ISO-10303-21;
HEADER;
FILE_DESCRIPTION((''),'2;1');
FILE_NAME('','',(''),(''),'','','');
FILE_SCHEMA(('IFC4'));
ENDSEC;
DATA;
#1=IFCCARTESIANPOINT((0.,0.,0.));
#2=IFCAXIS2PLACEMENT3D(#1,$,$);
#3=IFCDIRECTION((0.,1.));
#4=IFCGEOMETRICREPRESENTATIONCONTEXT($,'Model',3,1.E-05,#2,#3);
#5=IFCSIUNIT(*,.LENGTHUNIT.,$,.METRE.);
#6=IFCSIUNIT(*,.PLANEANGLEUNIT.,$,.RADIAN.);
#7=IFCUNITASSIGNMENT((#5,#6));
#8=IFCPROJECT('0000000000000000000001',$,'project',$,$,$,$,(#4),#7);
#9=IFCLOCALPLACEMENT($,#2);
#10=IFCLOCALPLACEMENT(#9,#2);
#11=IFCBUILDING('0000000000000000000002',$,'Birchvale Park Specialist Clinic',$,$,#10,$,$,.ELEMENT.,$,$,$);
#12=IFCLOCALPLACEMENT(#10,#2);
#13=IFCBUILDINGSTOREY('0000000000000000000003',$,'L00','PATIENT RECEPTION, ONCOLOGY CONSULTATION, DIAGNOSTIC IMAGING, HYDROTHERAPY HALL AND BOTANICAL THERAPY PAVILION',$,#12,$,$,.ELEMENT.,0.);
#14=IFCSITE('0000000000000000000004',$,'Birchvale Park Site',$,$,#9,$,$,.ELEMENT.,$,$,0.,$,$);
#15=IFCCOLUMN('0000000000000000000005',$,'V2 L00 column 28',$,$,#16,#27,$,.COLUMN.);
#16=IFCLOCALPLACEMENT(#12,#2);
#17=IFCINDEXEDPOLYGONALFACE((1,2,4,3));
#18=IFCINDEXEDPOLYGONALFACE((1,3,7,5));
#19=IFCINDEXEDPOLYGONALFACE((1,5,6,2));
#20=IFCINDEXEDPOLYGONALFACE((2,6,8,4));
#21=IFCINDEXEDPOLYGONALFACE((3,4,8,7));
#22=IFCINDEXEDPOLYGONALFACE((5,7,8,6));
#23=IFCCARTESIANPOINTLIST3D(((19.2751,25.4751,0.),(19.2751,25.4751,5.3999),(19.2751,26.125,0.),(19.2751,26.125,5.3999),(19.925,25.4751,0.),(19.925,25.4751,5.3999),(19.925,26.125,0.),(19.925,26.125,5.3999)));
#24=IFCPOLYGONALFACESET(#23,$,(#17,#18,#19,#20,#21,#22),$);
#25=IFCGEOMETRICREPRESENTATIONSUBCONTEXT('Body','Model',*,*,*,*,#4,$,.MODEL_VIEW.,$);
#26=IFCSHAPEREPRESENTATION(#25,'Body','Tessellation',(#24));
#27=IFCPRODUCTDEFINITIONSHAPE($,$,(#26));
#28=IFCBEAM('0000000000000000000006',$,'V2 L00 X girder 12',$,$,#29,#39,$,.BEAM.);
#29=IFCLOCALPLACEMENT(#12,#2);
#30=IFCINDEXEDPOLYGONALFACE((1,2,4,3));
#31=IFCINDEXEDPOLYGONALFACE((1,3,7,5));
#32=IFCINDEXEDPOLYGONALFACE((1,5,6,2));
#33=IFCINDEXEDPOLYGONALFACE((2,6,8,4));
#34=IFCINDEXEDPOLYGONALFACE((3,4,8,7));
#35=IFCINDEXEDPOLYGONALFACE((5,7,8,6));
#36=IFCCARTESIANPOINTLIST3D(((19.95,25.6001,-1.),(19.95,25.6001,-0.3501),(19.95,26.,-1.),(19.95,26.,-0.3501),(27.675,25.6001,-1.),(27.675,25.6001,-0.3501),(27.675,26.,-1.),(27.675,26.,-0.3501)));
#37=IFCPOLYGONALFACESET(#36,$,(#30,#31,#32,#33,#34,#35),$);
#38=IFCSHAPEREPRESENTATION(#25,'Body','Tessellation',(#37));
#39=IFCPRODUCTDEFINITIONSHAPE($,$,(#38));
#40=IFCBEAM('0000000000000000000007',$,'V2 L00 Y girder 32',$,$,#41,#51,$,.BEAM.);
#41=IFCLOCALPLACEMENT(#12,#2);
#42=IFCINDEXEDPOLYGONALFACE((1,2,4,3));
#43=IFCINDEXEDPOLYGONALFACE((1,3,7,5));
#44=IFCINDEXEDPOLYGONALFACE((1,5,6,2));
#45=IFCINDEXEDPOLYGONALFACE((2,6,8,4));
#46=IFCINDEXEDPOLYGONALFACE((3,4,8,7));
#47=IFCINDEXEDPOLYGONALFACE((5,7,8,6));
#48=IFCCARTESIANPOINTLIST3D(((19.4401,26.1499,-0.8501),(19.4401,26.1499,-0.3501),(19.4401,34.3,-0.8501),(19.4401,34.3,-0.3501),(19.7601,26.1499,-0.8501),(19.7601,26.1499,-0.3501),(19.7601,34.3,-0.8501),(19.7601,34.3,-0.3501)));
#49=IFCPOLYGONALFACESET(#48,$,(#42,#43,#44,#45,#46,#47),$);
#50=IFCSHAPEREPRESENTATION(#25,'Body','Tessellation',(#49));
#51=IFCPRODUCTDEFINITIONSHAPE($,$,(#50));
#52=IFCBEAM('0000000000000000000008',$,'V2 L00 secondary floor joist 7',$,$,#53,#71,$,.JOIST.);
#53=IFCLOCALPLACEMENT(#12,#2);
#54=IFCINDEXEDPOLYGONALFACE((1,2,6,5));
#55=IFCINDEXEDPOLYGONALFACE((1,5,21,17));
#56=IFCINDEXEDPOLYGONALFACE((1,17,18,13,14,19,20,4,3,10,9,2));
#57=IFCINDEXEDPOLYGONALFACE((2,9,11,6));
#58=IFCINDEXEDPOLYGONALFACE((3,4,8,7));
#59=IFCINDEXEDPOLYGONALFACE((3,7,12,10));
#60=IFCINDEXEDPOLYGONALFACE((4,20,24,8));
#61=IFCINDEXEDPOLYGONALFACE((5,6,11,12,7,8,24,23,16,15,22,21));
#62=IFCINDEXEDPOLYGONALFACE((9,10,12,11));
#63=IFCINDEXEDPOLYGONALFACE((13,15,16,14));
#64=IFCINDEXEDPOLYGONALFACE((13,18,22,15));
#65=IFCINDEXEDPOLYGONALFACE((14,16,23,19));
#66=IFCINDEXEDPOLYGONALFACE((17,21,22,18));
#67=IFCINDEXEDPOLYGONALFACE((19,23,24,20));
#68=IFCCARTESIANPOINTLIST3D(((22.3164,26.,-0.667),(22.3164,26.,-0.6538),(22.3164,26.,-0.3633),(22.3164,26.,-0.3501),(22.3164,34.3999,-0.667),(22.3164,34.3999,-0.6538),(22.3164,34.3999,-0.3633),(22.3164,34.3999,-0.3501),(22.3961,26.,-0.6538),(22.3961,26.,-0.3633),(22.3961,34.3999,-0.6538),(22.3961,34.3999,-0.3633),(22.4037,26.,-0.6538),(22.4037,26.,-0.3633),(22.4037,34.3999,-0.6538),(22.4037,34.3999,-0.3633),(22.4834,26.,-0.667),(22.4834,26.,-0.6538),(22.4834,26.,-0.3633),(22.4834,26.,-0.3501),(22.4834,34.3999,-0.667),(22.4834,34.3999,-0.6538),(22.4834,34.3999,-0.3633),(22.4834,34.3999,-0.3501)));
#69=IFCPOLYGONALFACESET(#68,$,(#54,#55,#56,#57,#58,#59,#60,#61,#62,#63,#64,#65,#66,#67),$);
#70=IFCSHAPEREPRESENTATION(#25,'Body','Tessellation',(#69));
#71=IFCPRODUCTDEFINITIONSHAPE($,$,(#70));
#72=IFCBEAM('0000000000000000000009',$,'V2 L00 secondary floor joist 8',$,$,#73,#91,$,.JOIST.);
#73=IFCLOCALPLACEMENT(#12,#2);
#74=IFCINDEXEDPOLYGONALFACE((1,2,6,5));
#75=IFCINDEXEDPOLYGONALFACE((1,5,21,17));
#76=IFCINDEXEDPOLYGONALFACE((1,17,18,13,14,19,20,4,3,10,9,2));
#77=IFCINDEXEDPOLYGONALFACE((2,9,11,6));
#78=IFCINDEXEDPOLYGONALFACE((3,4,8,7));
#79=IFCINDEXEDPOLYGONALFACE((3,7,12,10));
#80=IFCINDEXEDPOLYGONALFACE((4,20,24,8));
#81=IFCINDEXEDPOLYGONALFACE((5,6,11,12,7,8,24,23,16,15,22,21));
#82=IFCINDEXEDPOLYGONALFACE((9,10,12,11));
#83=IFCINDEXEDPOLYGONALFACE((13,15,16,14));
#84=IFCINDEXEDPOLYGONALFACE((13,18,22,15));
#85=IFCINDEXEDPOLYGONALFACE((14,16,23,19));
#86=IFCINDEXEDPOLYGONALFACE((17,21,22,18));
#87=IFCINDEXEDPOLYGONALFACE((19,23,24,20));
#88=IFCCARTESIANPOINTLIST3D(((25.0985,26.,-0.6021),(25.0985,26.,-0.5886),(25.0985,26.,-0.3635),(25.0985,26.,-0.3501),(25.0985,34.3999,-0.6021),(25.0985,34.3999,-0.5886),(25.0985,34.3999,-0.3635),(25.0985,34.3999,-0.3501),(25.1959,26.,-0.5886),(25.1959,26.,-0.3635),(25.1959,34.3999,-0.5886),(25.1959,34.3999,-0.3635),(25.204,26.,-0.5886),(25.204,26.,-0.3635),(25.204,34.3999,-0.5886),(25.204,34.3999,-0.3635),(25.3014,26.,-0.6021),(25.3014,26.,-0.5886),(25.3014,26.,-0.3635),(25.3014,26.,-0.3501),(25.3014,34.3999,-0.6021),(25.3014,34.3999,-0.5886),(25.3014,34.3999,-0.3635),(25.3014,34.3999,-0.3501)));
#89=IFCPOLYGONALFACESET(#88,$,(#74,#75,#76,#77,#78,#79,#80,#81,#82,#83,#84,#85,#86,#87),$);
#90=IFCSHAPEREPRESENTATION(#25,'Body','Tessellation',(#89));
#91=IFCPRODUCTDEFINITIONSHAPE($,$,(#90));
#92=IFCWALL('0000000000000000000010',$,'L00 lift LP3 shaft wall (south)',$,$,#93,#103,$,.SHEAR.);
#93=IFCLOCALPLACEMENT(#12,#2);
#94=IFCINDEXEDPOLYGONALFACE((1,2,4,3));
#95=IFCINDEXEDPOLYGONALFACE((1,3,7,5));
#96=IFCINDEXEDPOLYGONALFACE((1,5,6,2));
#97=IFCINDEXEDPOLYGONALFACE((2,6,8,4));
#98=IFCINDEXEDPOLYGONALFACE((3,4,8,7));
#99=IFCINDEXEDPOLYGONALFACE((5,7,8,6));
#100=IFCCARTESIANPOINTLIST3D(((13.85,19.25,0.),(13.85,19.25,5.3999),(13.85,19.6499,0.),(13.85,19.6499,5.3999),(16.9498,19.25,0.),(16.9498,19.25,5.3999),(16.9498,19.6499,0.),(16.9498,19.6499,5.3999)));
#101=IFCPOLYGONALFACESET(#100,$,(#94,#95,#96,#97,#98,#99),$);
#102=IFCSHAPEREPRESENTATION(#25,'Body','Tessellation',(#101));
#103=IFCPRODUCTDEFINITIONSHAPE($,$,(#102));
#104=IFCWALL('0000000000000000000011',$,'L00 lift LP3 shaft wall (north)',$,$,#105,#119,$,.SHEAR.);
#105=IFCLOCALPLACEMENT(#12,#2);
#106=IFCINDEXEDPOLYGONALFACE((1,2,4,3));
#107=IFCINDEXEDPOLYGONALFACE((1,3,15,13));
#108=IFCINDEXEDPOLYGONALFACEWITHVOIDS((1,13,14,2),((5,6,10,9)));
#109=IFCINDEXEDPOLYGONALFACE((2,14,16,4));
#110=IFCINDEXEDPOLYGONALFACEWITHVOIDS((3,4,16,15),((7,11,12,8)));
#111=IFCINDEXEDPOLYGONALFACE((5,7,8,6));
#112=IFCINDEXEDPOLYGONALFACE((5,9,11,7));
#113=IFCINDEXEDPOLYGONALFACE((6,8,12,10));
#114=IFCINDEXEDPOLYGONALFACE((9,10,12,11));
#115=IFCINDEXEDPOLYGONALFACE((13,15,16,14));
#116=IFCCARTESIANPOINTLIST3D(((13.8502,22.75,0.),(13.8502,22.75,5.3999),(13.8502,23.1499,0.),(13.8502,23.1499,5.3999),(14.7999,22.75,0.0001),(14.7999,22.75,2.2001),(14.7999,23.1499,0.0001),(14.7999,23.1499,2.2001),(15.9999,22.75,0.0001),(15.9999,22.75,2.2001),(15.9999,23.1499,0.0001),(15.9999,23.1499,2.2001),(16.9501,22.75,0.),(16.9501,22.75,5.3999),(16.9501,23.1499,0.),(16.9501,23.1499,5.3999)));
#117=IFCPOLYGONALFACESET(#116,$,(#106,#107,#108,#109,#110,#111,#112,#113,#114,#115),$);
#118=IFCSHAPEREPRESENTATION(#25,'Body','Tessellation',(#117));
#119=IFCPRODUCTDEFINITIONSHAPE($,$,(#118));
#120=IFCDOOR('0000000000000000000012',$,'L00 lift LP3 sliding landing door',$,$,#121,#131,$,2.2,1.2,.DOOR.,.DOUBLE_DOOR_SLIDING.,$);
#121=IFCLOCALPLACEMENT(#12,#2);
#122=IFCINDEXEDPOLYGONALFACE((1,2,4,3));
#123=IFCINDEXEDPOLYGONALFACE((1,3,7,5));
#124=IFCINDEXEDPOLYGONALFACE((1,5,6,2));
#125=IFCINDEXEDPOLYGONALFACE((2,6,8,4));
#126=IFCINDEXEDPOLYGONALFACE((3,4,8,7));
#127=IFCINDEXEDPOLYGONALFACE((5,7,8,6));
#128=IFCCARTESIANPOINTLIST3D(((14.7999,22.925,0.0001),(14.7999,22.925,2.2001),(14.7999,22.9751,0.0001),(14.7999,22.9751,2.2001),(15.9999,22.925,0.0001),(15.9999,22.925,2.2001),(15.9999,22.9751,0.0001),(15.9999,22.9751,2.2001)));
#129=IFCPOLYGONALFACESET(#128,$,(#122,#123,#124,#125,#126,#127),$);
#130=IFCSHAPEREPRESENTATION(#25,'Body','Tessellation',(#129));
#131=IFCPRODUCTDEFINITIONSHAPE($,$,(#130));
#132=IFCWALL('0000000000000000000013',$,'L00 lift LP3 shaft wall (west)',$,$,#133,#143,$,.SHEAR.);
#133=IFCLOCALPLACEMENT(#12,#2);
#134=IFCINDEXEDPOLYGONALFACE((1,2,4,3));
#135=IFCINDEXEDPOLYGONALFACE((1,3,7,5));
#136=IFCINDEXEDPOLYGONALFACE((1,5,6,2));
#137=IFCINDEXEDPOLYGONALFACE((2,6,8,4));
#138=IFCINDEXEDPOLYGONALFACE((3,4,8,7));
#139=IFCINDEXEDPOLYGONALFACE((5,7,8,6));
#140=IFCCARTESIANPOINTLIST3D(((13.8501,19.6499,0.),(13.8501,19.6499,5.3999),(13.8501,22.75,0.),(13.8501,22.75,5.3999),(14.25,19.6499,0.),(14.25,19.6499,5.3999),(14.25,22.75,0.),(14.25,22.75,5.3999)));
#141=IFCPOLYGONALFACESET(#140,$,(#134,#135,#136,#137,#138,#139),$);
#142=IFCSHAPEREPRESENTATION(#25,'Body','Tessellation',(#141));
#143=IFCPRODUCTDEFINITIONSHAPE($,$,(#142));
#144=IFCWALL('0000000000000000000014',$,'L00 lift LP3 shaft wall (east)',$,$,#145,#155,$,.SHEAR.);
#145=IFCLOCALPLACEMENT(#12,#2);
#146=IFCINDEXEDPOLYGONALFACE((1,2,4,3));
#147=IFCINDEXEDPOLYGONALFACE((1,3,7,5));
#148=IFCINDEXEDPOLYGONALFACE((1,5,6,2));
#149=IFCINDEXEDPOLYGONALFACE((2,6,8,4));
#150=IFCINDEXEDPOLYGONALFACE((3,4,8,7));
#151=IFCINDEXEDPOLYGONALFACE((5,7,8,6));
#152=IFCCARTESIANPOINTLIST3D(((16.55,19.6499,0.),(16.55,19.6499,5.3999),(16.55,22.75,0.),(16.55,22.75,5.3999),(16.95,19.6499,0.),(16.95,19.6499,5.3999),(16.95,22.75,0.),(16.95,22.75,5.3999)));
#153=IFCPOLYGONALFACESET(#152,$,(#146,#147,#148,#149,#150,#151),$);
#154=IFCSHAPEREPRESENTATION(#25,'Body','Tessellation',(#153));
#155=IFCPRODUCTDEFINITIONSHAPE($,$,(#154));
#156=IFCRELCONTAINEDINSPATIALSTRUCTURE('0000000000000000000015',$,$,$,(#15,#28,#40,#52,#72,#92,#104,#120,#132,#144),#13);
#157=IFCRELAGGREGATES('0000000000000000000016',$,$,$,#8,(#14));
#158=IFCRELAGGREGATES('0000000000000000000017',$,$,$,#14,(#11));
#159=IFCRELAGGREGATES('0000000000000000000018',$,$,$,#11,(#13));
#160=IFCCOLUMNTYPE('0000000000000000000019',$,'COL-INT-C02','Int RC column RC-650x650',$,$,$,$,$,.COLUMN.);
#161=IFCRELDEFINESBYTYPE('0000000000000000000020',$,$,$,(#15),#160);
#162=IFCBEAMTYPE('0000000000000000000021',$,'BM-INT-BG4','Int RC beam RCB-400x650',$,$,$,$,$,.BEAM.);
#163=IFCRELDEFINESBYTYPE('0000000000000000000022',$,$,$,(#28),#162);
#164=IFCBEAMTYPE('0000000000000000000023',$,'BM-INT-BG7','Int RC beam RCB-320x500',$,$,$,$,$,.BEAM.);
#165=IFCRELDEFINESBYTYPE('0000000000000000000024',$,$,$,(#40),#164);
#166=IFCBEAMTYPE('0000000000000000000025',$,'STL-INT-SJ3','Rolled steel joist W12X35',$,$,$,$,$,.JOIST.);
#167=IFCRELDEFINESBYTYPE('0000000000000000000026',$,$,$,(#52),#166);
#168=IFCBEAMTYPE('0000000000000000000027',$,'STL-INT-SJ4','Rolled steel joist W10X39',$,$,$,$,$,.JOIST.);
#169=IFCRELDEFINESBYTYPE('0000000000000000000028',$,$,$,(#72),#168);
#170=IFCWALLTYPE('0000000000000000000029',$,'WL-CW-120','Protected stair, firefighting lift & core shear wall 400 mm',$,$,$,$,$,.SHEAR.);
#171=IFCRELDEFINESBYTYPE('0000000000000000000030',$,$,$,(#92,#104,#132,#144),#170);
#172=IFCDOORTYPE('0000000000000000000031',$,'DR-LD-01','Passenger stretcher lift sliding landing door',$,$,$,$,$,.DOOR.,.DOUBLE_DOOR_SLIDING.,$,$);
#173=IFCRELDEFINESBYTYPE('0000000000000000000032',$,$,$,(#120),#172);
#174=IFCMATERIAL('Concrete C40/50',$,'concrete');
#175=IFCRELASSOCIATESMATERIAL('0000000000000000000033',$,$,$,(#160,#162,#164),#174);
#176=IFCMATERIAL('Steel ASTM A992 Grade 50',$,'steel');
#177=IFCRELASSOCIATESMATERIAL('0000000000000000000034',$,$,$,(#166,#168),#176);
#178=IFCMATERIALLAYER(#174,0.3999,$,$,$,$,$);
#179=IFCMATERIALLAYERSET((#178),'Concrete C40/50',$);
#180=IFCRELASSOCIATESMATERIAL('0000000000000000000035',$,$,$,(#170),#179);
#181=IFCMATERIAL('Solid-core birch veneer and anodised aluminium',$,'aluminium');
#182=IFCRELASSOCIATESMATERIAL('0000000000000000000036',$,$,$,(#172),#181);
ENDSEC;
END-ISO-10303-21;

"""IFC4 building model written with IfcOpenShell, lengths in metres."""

from ifc_helpers import new_model, si_unit, direction, frame, frame_2d, origin, origin_2d, place, context, subcontext, project, spatial, rectangle, i_section, extrude, material, layer, layer_set, material_profile, profile_set, type_object, element, fill, save


model = new_model("IFC4")

# Units and contexts
model_context = context("Model", 3, precision=1e-05, world=origin(), true_north=direction((0.0, 1.0)))
body_context = subcontext(model_context, "Body", "Model", "MODEL_VIEW")
ifc_project = project(units=[si_unit("LENGTHUNIT", "METRE"), si_unit("PLANEANGLEUNIT", "RADIAN")], contexts=[model_context])

# Site, building, storey
site_placement = place(None, origin())
site = spatial("IfcSite", under=ifc_project, at=site_placement, Name="Birchvale Park Site", CompositionType="ELEMENT", RefElevation=0.0)
building_placement = place(site_placement, origin())
building = spatial("IfcBuilding", under=site, at=building_placement, Name="Birchvale Park Specialist Clinic", CompositionType="ELEMENT")
storey_placement = place(building_placement, origin())
storey = spatial("IfcBuildingStorey", under=building, at=storey_placement, Name="L00", Description="PATIENT RECEPTION, ONCOLOGY CONSULTATION, DIAGNOSTIC IMAGING, HYDROTHERAPY HALL AND BOTANICAL THERAPY PAVILION", CompositionType="ELEMENT", Elevation=0.0)

# Column
ifc_material_1 = material(Name="Concrete C40/50", Category="concrete")
ifc_material_profile_1 = material_profile(ifc_material_1, rectangle(XDim=0.6499, YDim=0.6499, at=origin_2d()), Name="RC-650x650")
ifc_profile_set_1 = profile_set([ifc_material_profile_1], Name="Concrete C40/50")
column_type = type_object("IfcColumnType", Name="COL-INT-C02", Description="Int RC column RC-650x650", PredefinedType="COLUMN", material=ifc_profile_set_1)
column_placement = place(storey_placement, frame((19.6001, 25.8, 0.0), z_axis=(0.0, 0.0, 1.0), x_axis=(1.0, 0.0, 0.0)))
element("IfcColumn", 1, at=column_placement, inside=storey, type_object=column_type, Name="V2 L00 column 28", PredefinedType="COLUMN", context=body_context, shape_type="SweptSolid", body=[
    extrude(rectangle(XDim=0.6499, YDim=0.6499, at=origin_2d()), origin(), (0.0, 0.0, 1.0), 5.3999),
])

# Beams
ifc_material_profile_2 = material_profile(ifc_material_1, rectangle(XDim=0.3999, YDim=0.6499, at=origin_2d()), Name="RCB-400x650")
ifc_profile_set_2 = profile_set([ifc_material_profile_2], Name="Concrete C40/50")
beam_type_1 = type_object("IfcBeamType", Name="BM-INT-BG4", Description="Int RC beam RCB-400x650", PredefinedType="BEAM", material=ifc_profile_set_2)
beam_1_placement = place(storey_placement, frame((19.95, 25.8, -0.675), z_axis=(1.0, 0.0, 0.0), x_axis=(0.0, 1.0, 0.0)))
element("IfcBeam", 2, at=beam_1_placement, inside=storey, type_object=beam_type_1, Name="V2 L00 X girder 12", PredefinedType="BEAM", context=body_context, shape_type="SweptSolid", body=[
    extrude(rectangle(XDim=0.3999, YDim=0.6499, at=origin_2d()), origin(), (0.0, 0.0, 1.0), 7.7251),
])
ifc_material_profile_3 = material_profile(ifc_material_1, rectangle(XDim=0.3201, YDim=0.5, at=origin_2d()), Name="RCB-320x500")
ifc_profile_set_3 = profile_set([ifc_material_profile_3], Name="Concrete C40/50")
beam_type_2 = type_object("IfcBeamType", Name="BM-INT-BG7", Description="Int RC beam RCB-320x500", PredefinedType="BEAM", material=ifc_profile_set_3)
beam_2_placement = place(storey_placement, frame((19.6001, 26.1499, -0.6001), z_axis=(0.0, 1.0, 0.0), x_axis=(-1.0, 0.0, 0.0)))
element("IfcBeam", 3, at=beam_2_placement, inside=storey, type_object=beam_type_2, Name="V2 L00 Y girder 32", PredefinedType="BEAM", context=body_context, shape_type="SweptSolid", body=[
    extrude(rectangle(XDim=0.3201, YDim=0.5, at=origin_2d()), origin(), (0.0, 0.0, 1.0), 8.1501),
])
ifc_material_2 = material(Name="Steel ASTM A992 Grade 50", Category="steel")
ifc_material_profile_4 = material_profile(ifc_material_2, i_section(OverallWidth=0.167, OverallDepth=0.3169, WebThickness=0.0076, FlangeThickness=0.0132, at=origin_2d()), Name="W12X35")
ifc_profile_set_4 = profile_set([ifc_material_profile_4], Name="Steel ASTM A992 Grade 50")
beam_type_3 = type_object("IfcBeamType", Name="STL-INT-SJ3", Description="Rolled steel joist W12X35", PredefinedType="JOIST", material=ifc_profile_set_4)
beam_3_placement = place(storey_placement, frame((22.3999, 26.0, -0.5085), z_axis=(0.0, 1.0, 0.0), x_axis=(-1.0, 0.0, 0.0)))
element("IfcBeam", 4, at=beam_3_placement, inside=storey, type_object=beam_type_3, Name="V2 L00 secondary floor joist 7", PredefinedType="JOIST", context=body_context, shape_type="SweptSolid", body=[
    extrude(i_section(OverallWidth=0.167, OverallDepth=0.3169, WebThickness=0.0076, FlangeThickness=0.0132, at=origin_2d()), origin(), (0.0, 0.0, 1.0), 8.3999),
])
ifc_material_profile_5 = material_profile(ifc_material_2, i_section(OverallWidth=0.2029, OverallDepth=0.252, WebThickness=0.0081, FlangeThickness=0.0134, at=origin_2d()), Name="W10X39")
ifc_profile_set_5 = profile_set([ifc_material_profile_5], Name="Steel ASTM A992 Grade 50")
beam_type_4 = type_object("IfcBeamType", Name="STL-INT-SJ4", Description="Rolled steel joist W10X39", PredefinedType="JOIST", material=ifc_profile_set_5)
beam_4_placement = place(storey_placement, frame((25.2, 26.0, -0.4761), z_axis=(0.0, 1.0, 0.0), x_axis=(-1.0, 0.0, 0.0)))
element("IfcBeam", 5, at=beam_4_placement, inside=storey, type_object=beam_type_4, Name="V2 L00 secondary floor joist 8", PredefinedType="JOIST", context=body_context, shape_type="SweptSolid", body=[
    extrude(i_section(OverallWidth=0.2029, OverallDepth=0.252, WebThickness=0.0081, FlangeThickness=0.0134, at=origin_2d()), origin(), (0.0, 0.0, 1.0), 8.3999),
])

# Wall
ifc_layer_1 = layer(ifc_material_1, 0.3999)
ifc_layer_set_1 = layer_set([ifc_layer_1], Name="Concrete C40/50")
wall_type_1 = type_object("IfcWallType", Name="WL-CW-120", Description="Protected stair, firefighting lift & core shear wall 400 mm", PredefinedType="SHEAR", material=ifc_layer_set_1)
wall_1_placement = place(storey_placement, frame((13.8501, 19.45, 0.0), z_axis=(0.0, 0.0, 1.0), x_axis=(1.0, 0.0, 0.0)))
element("IfcWall", 6, at=wall_1_placement, inside=storey, type_object=wall_type_1, Name="L00 lift LP3 shaft wall (south)", PredefinedType="SHEAR", context=body_context, shape_type="SweptSolid", body=[
    extrude(rectangle(XDim=3.0999, YDim=0.3999, at=frame_2d((1.5498, 0.0))), origin(), (0.0, 0.0, 1.0), 5.3999),
])

# Wall, opening, door
wall_2_placement = place(storey_placement, frame((16.95, 22.95, 0.0), z_axis=(0.0, 0.0, 1.0), x_axis=(-1.0, 0.0, 0.0)))
wall_2 = element("IfcWall", 7, at=wall_2_placement, inside=storey, type_object=wall_type_1, Name="L00 lift LP3 shaft wall (north)", PredefinedType="SHEAR", context=body_context, shape_type="SweptSolid", body=[
    extrude(rectangle(XDim=3.0999, YDim=0.3999, at=frame_2d((1.5498, 0.0))), origin(), (0.0, 0.0, 1.0), 5.3999),
])
opening_1_placement = place(wall_2_placement, frame((0.95, 0.0, 0.0)))
opening_1 = element("IfcOpeningElement", 8, at=opening_1_placement, cuts=wall_2, PredefinedType="OPENING", context=body_context, shape_type="SweptSolid", body=[
    extrude(rectangle(XDim=1.2, YDim=2.2, at=frame_2d((0.6001, 1.1001))), frame((0.0, 0.21, 0.0), z_axis=(0.0, -1.0, 0.0), x_axis=(1.0, 0.0, 0.0)), (0.0, 0.0, 1.0), 0.4199),
])
ifc_material_3 = material(Name="Solid-core birch veneer and anodised aluminium", Category="aluminium")
door_type_1 = type_object("IfcDoorType", Name="DR-LD-01", Description="Passenger stretcher lift sliding landing door", OperationType="DOUBLE_DOOR_SLIDING", PredefinedType="DOOR", material=ifc_material_3)
door_1_placement = place(opening_1_placement, origin())
door_1 = element("IfcDoor", 9, at=door_1_placement, inside=storey, type_object=door_type_1, Name="L00 lift LP3 sliding landing door", OperationType="DOUBLE_DOOR_SLIDING", OverallHeight=2.2, OverallWidth=1.2, PredefinedType="DOOR", context=body_context, shape_type="SweptSolid", body=[
    extrude(rectangle(XDim=1.2, YDim=2.2, at=frame_2d((0.6001, 1.1001))), frame((0.0, 0.0249, 0.0), z_axis=(0.0, -1.0, 0.0), x_axis=(1.0, 0.0, 0.0)), (0.0, 0.0, 1.0), 0.05),
])
fill(opening_1, door_1)

# Walls
for number, where, z_axis, x_axis, name in (
    (10, (14.05, 19.6499, 0.0), (0.0, 0.0, 1.0), (0.0, 1.0, 0.0), "L00 lift LP3 shaft wall (west)"),
    (11, (16.75, 22.75, 0.0), (0.0, 0.0, 1.0), (0.0, -1.0, 0.0), "L00 lift LP3 shaft wall (east)"),
):
    element("IfcWall", number, at=place(storey_placement, frame(where, z_axis=z_axis, x_axis=x_axis)), inside=storey, type_object=wall_type_1, Name=name, PredefinedType="SHEAR", context=body_context, shape_type="SweptSolid", body=[
        extrude(rectangle(XDim=3.1001, YDim=0.3999, at=frame_2d((1.55, 0.0))), origin(), (0.0, 0.0, 1.0), 5.3999),
    ])

save(model, "model.ifc")
